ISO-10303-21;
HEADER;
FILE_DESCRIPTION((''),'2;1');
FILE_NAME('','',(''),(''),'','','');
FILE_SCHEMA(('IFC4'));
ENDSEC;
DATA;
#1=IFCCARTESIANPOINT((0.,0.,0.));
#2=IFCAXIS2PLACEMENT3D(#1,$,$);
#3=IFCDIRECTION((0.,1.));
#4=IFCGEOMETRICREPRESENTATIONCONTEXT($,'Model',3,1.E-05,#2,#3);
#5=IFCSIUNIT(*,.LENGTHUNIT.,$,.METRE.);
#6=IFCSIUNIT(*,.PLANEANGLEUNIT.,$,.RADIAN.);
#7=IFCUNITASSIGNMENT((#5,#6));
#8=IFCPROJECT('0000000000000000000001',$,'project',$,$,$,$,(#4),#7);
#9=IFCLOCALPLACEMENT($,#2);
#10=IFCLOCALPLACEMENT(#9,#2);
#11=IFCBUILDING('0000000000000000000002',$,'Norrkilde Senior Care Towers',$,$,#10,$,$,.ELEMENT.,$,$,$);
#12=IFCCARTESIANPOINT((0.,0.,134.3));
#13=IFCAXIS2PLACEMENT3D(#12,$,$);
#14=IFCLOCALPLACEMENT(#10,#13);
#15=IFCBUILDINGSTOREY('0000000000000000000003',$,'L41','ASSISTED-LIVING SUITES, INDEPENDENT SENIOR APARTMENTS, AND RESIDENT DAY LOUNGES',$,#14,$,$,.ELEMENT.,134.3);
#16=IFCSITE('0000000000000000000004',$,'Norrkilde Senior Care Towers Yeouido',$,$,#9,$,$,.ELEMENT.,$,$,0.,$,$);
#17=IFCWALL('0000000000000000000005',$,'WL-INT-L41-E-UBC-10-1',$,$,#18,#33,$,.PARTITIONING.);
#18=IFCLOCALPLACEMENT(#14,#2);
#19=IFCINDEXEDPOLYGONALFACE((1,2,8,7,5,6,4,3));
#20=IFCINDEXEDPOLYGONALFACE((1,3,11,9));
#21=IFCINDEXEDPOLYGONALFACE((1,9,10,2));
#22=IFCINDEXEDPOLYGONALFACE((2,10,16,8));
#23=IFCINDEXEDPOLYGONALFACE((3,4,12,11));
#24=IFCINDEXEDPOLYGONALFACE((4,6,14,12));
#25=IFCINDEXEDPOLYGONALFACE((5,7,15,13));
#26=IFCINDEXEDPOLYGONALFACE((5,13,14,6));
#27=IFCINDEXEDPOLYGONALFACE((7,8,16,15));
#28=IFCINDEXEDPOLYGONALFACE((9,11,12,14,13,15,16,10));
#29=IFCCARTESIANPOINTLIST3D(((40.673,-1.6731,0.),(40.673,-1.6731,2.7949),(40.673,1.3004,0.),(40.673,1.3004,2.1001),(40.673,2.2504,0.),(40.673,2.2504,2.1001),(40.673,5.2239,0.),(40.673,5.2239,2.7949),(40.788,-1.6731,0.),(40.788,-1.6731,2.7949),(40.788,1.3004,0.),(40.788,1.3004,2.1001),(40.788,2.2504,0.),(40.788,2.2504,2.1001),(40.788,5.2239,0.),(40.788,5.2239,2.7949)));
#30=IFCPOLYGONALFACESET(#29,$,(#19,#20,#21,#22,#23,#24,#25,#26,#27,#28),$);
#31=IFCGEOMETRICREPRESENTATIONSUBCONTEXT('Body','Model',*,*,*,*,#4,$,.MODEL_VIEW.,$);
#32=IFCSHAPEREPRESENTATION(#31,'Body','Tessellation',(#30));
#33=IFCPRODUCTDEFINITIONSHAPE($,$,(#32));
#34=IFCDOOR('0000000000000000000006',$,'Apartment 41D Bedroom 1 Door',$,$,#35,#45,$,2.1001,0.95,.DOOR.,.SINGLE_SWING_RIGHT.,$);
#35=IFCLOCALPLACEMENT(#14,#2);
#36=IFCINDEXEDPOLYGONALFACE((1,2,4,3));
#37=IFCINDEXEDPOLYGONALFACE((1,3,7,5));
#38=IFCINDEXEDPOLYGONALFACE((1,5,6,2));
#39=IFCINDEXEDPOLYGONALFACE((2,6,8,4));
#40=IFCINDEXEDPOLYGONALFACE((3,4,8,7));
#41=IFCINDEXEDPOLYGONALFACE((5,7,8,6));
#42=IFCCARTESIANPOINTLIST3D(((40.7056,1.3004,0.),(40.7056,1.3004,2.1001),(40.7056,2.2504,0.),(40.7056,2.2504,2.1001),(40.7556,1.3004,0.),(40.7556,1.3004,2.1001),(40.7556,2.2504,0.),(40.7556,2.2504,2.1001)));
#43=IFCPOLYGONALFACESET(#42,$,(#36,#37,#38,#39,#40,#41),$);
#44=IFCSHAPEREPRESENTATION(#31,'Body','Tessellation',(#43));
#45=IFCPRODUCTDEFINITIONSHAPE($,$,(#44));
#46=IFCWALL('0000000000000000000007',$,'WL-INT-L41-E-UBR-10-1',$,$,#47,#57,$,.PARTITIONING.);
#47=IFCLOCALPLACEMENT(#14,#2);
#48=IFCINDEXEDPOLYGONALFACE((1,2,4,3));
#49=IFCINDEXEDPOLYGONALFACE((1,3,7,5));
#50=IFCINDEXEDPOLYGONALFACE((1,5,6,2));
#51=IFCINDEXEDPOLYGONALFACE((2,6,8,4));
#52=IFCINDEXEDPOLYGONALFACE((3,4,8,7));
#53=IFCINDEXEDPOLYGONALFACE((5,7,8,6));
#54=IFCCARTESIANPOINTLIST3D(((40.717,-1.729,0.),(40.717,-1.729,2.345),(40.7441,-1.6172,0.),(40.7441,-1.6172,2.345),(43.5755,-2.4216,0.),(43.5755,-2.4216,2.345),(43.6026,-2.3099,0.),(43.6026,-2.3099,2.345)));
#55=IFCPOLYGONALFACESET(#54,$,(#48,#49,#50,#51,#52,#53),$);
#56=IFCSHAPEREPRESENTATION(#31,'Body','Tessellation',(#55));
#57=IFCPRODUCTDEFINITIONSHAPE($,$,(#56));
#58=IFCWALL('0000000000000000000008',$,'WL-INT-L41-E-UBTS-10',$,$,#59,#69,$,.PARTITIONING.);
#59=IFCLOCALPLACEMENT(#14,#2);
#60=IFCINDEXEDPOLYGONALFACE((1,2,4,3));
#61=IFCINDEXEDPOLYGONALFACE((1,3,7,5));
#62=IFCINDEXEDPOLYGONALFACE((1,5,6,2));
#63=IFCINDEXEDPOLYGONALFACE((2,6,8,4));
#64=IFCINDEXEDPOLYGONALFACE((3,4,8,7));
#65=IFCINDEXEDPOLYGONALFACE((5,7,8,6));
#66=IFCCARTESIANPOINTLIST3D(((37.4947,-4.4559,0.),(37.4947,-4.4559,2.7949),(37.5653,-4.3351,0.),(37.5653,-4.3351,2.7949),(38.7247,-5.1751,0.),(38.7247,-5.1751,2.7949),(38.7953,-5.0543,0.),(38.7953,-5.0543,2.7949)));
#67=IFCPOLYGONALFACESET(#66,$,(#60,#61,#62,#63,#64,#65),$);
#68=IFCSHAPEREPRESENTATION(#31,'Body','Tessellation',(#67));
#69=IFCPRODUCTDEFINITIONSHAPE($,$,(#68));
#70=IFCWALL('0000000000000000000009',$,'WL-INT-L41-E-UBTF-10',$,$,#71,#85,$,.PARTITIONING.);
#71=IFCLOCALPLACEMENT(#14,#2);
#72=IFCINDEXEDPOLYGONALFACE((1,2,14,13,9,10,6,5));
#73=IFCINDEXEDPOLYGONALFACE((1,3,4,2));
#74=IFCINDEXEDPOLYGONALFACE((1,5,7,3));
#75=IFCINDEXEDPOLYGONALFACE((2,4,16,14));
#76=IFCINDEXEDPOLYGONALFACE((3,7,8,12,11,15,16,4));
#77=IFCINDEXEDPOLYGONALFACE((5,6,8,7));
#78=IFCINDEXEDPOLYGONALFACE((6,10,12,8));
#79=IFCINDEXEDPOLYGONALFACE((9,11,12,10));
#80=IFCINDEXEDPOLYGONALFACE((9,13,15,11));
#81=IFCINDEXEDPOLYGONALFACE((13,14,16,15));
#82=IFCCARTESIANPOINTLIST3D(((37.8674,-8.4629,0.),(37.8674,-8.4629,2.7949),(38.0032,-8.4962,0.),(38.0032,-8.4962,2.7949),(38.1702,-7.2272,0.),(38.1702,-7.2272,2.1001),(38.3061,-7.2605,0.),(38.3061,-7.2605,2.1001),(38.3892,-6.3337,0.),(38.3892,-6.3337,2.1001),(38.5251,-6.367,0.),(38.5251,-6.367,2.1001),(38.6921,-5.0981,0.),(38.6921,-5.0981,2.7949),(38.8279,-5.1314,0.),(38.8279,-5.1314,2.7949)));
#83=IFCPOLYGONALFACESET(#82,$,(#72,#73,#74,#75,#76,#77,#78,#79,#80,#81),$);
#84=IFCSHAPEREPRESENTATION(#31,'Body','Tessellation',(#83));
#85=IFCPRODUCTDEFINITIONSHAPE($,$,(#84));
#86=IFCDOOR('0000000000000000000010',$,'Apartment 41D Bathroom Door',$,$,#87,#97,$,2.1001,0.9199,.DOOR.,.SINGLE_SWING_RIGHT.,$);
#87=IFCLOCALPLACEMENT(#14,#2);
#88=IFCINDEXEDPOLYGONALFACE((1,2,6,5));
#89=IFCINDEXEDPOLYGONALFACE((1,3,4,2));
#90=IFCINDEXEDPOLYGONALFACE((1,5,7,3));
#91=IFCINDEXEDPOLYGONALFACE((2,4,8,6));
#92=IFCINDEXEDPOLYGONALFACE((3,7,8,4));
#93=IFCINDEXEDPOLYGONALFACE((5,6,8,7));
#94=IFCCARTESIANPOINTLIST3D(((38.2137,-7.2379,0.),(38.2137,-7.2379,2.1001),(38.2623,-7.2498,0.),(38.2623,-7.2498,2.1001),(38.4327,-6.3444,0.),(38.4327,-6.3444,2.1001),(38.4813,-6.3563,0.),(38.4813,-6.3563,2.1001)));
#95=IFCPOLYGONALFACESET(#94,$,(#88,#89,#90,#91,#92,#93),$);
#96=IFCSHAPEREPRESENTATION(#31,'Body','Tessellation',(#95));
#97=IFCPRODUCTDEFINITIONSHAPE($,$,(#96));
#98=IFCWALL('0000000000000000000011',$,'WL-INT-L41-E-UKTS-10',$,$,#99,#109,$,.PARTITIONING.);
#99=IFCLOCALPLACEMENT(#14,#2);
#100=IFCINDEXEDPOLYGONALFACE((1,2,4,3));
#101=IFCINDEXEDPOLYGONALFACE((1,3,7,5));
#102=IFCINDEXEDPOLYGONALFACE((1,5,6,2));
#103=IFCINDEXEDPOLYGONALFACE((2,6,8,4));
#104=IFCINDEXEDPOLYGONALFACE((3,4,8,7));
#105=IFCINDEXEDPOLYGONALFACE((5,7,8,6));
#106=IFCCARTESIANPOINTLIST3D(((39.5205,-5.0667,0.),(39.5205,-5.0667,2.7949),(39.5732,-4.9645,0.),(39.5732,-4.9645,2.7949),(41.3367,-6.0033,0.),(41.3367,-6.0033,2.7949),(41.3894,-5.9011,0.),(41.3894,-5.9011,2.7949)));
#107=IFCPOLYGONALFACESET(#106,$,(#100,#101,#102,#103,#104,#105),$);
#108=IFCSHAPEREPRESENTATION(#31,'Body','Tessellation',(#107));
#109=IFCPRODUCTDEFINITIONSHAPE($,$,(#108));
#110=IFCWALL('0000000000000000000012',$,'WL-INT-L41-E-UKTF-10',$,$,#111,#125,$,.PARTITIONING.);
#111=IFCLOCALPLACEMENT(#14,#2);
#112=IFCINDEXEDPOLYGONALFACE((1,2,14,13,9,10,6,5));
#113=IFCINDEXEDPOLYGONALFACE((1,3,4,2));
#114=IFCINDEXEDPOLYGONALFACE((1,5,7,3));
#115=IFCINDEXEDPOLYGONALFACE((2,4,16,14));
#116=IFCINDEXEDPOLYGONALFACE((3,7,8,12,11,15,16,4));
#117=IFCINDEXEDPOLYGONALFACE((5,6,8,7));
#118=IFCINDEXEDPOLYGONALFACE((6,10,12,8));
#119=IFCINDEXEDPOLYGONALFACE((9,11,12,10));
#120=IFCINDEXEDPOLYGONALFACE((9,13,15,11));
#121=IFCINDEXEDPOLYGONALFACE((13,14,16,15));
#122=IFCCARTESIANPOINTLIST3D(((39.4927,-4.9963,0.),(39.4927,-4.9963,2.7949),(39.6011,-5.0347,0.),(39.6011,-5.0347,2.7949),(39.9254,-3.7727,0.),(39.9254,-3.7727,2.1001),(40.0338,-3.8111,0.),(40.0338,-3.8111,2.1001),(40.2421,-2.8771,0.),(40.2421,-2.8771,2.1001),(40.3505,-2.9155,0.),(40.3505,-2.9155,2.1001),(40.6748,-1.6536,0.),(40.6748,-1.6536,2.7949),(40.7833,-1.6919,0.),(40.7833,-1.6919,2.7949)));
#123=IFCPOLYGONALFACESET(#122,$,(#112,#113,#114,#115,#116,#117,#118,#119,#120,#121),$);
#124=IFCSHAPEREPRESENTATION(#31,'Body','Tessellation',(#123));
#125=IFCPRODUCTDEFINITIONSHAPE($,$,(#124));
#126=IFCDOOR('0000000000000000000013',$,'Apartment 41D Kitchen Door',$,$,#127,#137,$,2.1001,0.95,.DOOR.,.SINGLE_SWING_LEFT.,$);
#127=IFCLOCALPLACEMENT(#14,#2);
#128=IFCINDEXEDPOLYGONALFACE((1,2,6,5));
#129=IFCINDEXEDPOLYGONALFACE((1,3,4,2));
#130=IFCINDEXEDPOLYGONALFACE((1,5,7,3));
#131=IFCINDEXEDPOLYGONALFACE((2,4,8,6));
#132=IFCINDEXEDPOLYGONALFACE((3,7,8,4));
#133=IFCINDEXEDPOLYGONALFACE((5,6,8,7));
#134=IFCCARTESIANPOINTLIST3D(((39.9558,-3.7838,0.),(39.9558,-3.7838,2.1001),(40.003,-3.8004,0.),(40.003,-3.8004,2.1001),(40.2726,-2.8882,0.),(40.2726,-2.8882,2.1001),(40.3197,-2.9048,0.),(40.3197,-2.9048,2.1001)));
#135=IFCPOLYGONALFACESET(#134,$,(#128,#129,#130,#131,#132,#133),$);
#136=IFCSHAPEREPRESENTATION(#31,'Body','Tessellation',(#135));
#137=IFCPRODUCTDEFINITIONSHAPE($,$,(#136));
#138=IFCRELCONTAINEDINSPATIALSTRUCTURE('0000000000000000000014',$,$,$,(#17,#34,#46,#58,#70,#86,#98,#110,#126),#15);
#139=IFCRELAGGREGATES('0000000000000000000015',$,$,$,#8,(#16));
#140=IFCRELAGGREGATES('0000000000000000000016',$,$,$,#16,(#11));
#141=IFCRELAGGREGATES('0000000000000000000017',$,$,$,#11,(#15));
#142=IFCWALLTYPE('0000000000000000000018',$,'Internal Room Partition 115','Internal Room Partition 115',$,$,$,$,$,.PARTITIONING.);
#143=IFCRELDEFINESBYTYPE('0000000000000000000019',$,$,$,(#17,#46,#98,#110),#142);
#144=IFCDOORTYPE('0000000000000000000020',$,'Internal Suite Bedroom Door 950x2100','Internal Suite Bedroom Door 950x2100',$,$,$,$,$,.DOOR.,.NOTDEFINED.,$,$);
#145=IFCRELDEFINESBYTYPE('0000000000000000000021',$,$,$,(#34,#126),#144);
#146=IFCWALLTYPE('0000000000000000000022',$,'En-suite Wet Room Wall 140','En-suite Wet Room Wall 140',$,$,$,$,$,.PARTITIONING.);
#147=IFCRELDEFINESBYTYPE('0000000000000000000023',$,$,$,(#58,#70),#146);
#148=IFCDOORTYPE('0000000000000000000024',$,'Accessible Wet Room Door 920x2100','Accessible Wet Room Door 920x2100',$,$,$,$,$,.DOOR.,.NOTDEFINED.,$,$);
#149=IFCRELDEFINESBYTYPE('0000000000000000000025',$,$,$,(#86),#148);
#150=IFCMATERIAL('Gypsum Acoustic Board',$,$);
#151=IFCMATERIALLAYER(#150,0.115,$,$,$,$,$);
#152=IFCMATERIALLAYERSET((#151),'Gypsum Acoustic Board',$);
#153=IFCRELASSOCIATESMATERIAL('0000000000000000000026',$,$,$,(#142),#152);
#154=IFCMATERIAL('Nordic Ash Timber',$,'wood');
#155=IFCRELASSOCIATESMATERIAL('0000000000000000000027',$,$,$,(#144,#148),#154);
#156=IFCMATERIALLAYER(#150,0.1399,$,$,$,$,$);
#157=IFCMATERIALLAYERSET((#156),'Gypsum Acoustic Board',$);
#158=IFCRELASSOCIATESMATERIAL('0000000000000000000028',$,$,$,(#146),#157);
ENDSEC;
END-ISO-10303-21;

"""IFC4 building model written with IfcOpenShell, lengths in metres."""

from ifc_helpers import new_model, si_unit, direction, frame, frame_2d, origin, place, context, subcontext, project, spatial, rectangle, extrude, source, transform, mapped, material, layer, layer_set, type_object, type_shapes, element, fill, save


model = new_model("IFC4")

# Units and contexts
model_context = context("Model", 3, precision=1e-05, world=origin(), true_north=direction((0.0, 1.0)))
body_context = subcontext(model_context, "Body", "Model", "MODEL_VIEW")
ifc_project = project(units=[si_unit("LENGTHUNIT", "METRE"), si_unit("PLANEANGLEUNIT", "RADIAN")], contexts=[model_context])

# Site, building, storey
site_placement = place(None, origin())
site = spatial("IfcSite", under=ifc_project, at=site_placement, Name="Norrkilde Senior Care Towers Yeouido", CompositionType="ELEMENT", RefElevation=0.0)
building_placement = place(site_placement, origin())
building = spatial("IfcBuilding", under=site, at=building_placement, Name="Norrkilde Senior Care Towers", CompositionType="ELEMENT")
storey_placement = place(building_placement, frame((0.0, 0.0, 134.3)))
storey = spatial("IfcBuildingStorey", under=building, at=storey_placement, Name="L41", Description="ASSISTED-LIVING SUITES, INDEPENDENT SENIOR APARTMENTS, AND RESIDENT DAY LOUNGES", CompositionType="ELEMENT", Elevation=134.3)

# Shared definitions
ifc_material_1 = material(Name="Gypsum Acoustic Board")
ifc_material_2 = material(Name="Nordic Ash Timber", Category="wood")

# Wall, opening, door
ifc_layer_1 = layer(ifc_material_1, 0.115)
ifc_layer_set_1 = layer_set([ifc_layer_1], Name="Gypsum Acoustic Board")
wall_type_1 = type_object("IfcWallType", Name="Internal Room Partition 115", Description="Internal Room Partition 115", PredefinedType="PARTITIONING", material=ifc_layer_set_1)
shared_shape_1 = source(origin(), body_context, "Body", "SweptSolid", [
    extrude(rectangle(XDim=6.897, YDim=0.115, at=frame_2d((3.4485, 0.0))), origin(), (0.0, 0.0, 1.0), 2.7949),
])
wall_1_placement = place(storey_placement, frame((40.7305, -1.6731, 0.0), z_axis=(0.0, 0.0, 1.0), x_axis=(0.0, 1.0, 0.0)))
wall_1 = element("IfcWall", 1, at=wall_1_placement, inside=storey, type_object=wall_type_1, Name="WL-INT-L41-E-UBC-10-1", PredefinedType="PARTITIONING", context=body_context, shape_type="MappedRepresentation", body=[
    mapped(shared_shape_1, transform((0.0, 0.0, 0.0), x_axis=(1.0, 0.0, 0.0), y_axis=(0.0, 1.0, 0.0), z_axis=(0.0, 0.0, 1.0), scale=1.0)),
])
opening_1_placement = place(wall_1_placement, frame((2.9734, 0.0, 0.0)))
opening_1 = element("IfcOpeningElement", 2, at=opening_1_placement, cuts=wall_1, PredefinedType="OPENING", context=body_context, shape_type="SweptSolid", body=[
    extrude(rectangle(XDim=0.95, YDim=2.1001, at=frame_2d((0.4751, 1.05))), frame((0.0, 0.0674, 0.0), z_axis=(0.0, -1.0, 0.0), x_axis=(1.0, 0.0, 0.0)), (0.0, 0.0, 1.0), 0.135),
])
door_type_1 = type_object("IfcDoorType", Name="Internal Suite Bedroom Door 950x2100", Description="Internal Suite Bedroom Door 950x2100", OperationType="NOTDEFINED", PredefinedType="DOOR", material=ifc_material_2)
shared_shape_2 = source(origin(), body_context, "Body", "SweptSolid", [
    extrude(rectangle(XDim=0.95, YDim=2.1001, at=frame_2d((0.4751, 1.05))), frame((0.0, 0.0249, 0.0), z_axis=(0.0, -1.0, 0.0), x_axis=(1.0, 0.0, 0.0)), (0.0, 0.0, 1.0), 0.05),
])
type_shapes(door_type_1, [shared_shape_2])
door_1_placement = place(opening_1_placement, origin())
door_1 = element("IfcDoor", 3, at=door_1_placement, inside=storey, type_object=door_type_1, Name="Apartment 41D Bedroom 1 Door", OperationType="SINGLE_SWING_RIGHT", OverallHeight=2.1001, OverallWidth=0.95, PredefinedType="DOOR", context=body_context, shape_type="MappedRepresentation", body=[
    mapped(shared_shape_2, transform((0.0, 0.0, 0.0), x_axis=(1.0, 0.0, 0.0), y_axis=(0.0, 1.0, 0.0), z_axis=(0.0, 0.0, 1.0), scale=1.0)),
])
fill(opening_1, door_1)

# Walls
shared_shape_3 = source(origin(), body_context, "Body", "SweptSolid", [
    extrude(rectangle(XDim=2.9412, YDim=0.115, at=frame_2d((1.4707, 0.0))), origin(), (0.0, 0.0, 1.0), 2.345),
])
wall_2_placement = place(storey_placement, frame((40.7305, -1.6731, 0.0), z_axis=(0.0, 0.0, 1.0), x_axis=(0.971875, -0.235498, 0.0)))
element("IfcWall", 4, at=wall_2_placement, inside=storey, type_object=wall_type_1, Name="WL-INT-L41-E-UBR-10-1", PredefinedType="PARTITIONING", context=body_context, shape_type="MappedRepresentation", body=[
    mapped(shared_shape_3, transform((0.0, 0.0, 0.0), x_axis=(1.0, 0.0, 0.0), y_axis=(0.0, 1.0, 0.0), z_axis=(0.0, 0.0, 1.0), scale=1.0)),
])
ifc_layer_2 = layer(ifc_material_1, 0.1399)
ifc_layer_set_2 = layer_set([ifc_layer_2], Name="Gypsum Acoustic Board")
wall_type_2 = type_object("IfcWallType", Name="En-suite Wet Room Wall 140", Description="En-suite Wet Room Wall 140", PredefinedType="PARTITIONING", material=ifc_layer_set_2)
shared_shape_4 = source(origin(), body_context, "Body", "SweptSolid", [
    extrude(rectangle(XDim=1.4248, YDim=0.1399, at=frame_2d((0.7124, 0.0))), origin(), (0.0, 0.0, 1.0), 2.7949),
])
wall_3_placement = place(storey_placement, frame((37.53, -4.3955, 0.0), z_axis=(0.0, 0.0, 1.0), x_axis=(0.863244, -0.504787, 0.0)))
element("IfcWall", 5, at=wall_3_placement, inside=storey, type_object=wall_type_2, Name="WL-INT-L41-E-UBTS-10", PredefinedType="PARTITIONING", context=body_context, shape_type="MappedRepresentation", body=[
    mapped(shared_shape_4, transform((0.0, 0.0, 0.0), x_axis=(1.0, 0.0, 0.0), y_axis=(0.0, 1.0, 0.0), z_axis=(0.0, 0.0, 1.0), scale=1.0)),
])

# Wall, opening, door
shared_shape_5 = source(origin(), body_context, "Body", "SweptSolid", [
    extrude(rectangle(XDim=3.4644, YDim=0.1399, at=frame_2d((1.7322, 0.0))), origin(), (0.0, 0.0, 1.0), 2.7949),
])
type_shapes(wall_type_2, [shared_shape_4, shared_shape_5])
wall_4_placement = place(storey_placement, frame((38.76, -5.1147, 0.0), z_axis=(0.0, 0.0, 1.0), x_axis=(-0.238056, -0.971251, 0.0)))
wall_4 = element("IfcWall", 6, at=wall_4_placement, inside=storey, type_object=wall_type_2, Name="WL-INT-L41-E-UBTF-10", PredefinedType="PARTITIONING", context=body_context, shape_type="MappedRepresentation", body=[
    mapped(shared_shape_5, transform((0.0, 0.0, 0.0), x_axis=(1.0, 0.0, 0.0), y_axis=(0.0, 1.0, 0.0), z_axis=(0.0, 0.0, 1.0), scale=1.0)),
])
opening_2_placement = place(wall_4_placement, frame((1.2722, 0.0, 0.0)))
opening_2 = element("IfcOpeningElement", 7, at=opening_2_placement, cuts=wall_4, PredefinedType="OPENING", context=body_context, shape_type="SweptSolid", body=[
    extrude(rectangle(XDim=0.9199, YDim=2.1001, at=frame_2d((0.46, 1.05))), frame((0.0, 0.0798, 0.0), z_axis=(0.0, -1.0, 0.0), x_axis=(1.0, 0.0, 0.0)), (0.0, 0.0, 1.0), 0.1599),
])
door_type_2 = type_object("IfcDoorType", Name="Accessible Wet Room Door 920x2100", Description="Accessible Wet Room Door 920x2100", OperationType="NOTDEFINED", PredefinedType="DOOR", material=ifc_material_2)
shared_shape_6 = source(origin(), body_context, "Body", "SweptSolid", [
    extrude(rectangle(XDim=0.9199, YDim=2.1001, at=frame_2d((0.46, 1.05))), frame((0.0, 0.0249, 0.0), z_axis=(0.0, -1.0, 0.0), x_axis=(1.0, 0.0, 0.0)), (0.0, 0.0, 1.0), 0.05),
])
type_shapes(door_type_2, [shared_shape_6])
door_2_placement = place(opening_2_placement, origin())
door_2 = element("IfcDoor", 8, at=door_2_placement, inside=storey, type_object=door_type_2, Name="Apartment 41D Bathroom Door", OperationType="SINGLE_SWING_RIGHT", OverallHeight=2.1001, OverallWidth=0.9199, PredefinedType="DOOR", context=body_context, shape_type="MappedRepresentation", body=[
    mapped(shared_shape_6, transform((0.0, 0.0, 0.0), x_axis=(1.0, 0.0, 0.0), y_axis=(0.0, 1.0, 0.0), z_axis=(0.0, 0.0, 1.0), scale=1.0)),
])
fill(opening_2, door_2)

# Wall
shared_shape_7 = source(origin(), body_context, "Body", "SweptSolid", [
    extrude(rectangle(XDim=2.0435, YDim=0.115, at=frame_2d((1.0217, 0.0))), origin(), (0.0, 0.0, 1.0), 2.7949),
])
wall_5_placement = place(storey_placement, frame((39.5469, -5.0156, 0.0), z_axis=(0.0, 0.0, 1.0), x_axis=(0.88879, -0.458314, 0.0)))
element("IfcWall", 9, at=wall_5_placement, inside=storey, type_object=wall_type_1, Name="WL-INT-L41-E-UKTS-10", PredefinedType="PARTITIONING", context=body_context, shape_type="MappedRepresentation", body=[
    mapped(shared_shape_7, transform((0.0, 0.0, 0.0), x_axis=(1.0, 0.0, 0.0), y_axis=(0.0, 1.0, 0.0), z_axis=(0.0, 0.0, 1.0), scale=1.0)),
])

# Wall, opening, door
shared_shape_8 = source(origin(), body_context, "Body", "SweptSolid", [
    extrude(rectangle(XDim=3.5457, YDim=0.115, at=frame_2d((1.7729, 0.0))), origin(), (0.0, 0.0, 1.0), 2.7949),
])
type_shapes(wall_type_1, [shared_shape_1, shared_shape_3, shared_shape_7, shared_shape_8])
wall_6_placement = place(storey_placement, frame((39.5469, -5.0156, 0.0), z_axis=(0.0, 0.0, 1.0), x_axis=(0.333404, 0.942784, 0.0)))
wall_6 = element("IfcWall", 10, at=wall_6_placement, inside=storey, type_object=wall_type_1, Name="WL-INT-L41-E-UKTF-10", PredefinedType="PARTITIONING", context=body_context, shape_type="MappedRepresentation", body=[
    mapped(shared_shape_8, transform((0.0, 0.0, 0.0), x_axis=(1.0, 0.0, 0.0), y_axis=(0.0, 1.0, 0.0), z_axis=(0.0, 0.0, 1.0), scale=1.0)),
])
opening_3_placement = place(wall_6_placement, frame((1.2979, 0.0, 0.0)))
opening_3 = element("IfcOpeningElement", 11, at=opening_3_placement, cuts=wall_6, PredefinedType="OPENING", context=body_context, shape_type="SweptSolid", body=[
    extrude(rectangle(XDim=0.95, YDim=2.1001, at=frame_2d((0.4751, 1.05))), frame((0.0, 0.0674, 0.0), z_axis=(0.0, -1.0, 0.0), x_axis=(1.0, 0.0, 0.0)), (0.0, 0.0, 1.0), 0.135),
])
door_3_placement = place(opening_3_placement, frame((0.95, 0.0, 0.0), z_axis=(0.0, 0.0, 1.0), x_axis=(-1.0, 0.0, 0.0)))
door_3 = element("IfcDoor", 12, at=door_3_placement, inside=storey, type_object=door_type_1, Name="Apartment 41D Kitchen Door", OperationType="SINGLE_SWING_LEFT", OverallHeight=2.1001, OverallWidth=0.95, PredefinedType="DOOR", context=body_context, shape_type="MappedRepresentation", body=[
    mapped(shared_shape_2, transform((0.0, 0.0, 0.0), x_axis=(1.0, 0.0, 0.0), y_axis=(0.0, 1.0, 0.0), z_axis=(0.0, 0.0, 1.0), scale=1.0)),
])
fill(opening_3, door_3)

save(model, "model.ifc")
